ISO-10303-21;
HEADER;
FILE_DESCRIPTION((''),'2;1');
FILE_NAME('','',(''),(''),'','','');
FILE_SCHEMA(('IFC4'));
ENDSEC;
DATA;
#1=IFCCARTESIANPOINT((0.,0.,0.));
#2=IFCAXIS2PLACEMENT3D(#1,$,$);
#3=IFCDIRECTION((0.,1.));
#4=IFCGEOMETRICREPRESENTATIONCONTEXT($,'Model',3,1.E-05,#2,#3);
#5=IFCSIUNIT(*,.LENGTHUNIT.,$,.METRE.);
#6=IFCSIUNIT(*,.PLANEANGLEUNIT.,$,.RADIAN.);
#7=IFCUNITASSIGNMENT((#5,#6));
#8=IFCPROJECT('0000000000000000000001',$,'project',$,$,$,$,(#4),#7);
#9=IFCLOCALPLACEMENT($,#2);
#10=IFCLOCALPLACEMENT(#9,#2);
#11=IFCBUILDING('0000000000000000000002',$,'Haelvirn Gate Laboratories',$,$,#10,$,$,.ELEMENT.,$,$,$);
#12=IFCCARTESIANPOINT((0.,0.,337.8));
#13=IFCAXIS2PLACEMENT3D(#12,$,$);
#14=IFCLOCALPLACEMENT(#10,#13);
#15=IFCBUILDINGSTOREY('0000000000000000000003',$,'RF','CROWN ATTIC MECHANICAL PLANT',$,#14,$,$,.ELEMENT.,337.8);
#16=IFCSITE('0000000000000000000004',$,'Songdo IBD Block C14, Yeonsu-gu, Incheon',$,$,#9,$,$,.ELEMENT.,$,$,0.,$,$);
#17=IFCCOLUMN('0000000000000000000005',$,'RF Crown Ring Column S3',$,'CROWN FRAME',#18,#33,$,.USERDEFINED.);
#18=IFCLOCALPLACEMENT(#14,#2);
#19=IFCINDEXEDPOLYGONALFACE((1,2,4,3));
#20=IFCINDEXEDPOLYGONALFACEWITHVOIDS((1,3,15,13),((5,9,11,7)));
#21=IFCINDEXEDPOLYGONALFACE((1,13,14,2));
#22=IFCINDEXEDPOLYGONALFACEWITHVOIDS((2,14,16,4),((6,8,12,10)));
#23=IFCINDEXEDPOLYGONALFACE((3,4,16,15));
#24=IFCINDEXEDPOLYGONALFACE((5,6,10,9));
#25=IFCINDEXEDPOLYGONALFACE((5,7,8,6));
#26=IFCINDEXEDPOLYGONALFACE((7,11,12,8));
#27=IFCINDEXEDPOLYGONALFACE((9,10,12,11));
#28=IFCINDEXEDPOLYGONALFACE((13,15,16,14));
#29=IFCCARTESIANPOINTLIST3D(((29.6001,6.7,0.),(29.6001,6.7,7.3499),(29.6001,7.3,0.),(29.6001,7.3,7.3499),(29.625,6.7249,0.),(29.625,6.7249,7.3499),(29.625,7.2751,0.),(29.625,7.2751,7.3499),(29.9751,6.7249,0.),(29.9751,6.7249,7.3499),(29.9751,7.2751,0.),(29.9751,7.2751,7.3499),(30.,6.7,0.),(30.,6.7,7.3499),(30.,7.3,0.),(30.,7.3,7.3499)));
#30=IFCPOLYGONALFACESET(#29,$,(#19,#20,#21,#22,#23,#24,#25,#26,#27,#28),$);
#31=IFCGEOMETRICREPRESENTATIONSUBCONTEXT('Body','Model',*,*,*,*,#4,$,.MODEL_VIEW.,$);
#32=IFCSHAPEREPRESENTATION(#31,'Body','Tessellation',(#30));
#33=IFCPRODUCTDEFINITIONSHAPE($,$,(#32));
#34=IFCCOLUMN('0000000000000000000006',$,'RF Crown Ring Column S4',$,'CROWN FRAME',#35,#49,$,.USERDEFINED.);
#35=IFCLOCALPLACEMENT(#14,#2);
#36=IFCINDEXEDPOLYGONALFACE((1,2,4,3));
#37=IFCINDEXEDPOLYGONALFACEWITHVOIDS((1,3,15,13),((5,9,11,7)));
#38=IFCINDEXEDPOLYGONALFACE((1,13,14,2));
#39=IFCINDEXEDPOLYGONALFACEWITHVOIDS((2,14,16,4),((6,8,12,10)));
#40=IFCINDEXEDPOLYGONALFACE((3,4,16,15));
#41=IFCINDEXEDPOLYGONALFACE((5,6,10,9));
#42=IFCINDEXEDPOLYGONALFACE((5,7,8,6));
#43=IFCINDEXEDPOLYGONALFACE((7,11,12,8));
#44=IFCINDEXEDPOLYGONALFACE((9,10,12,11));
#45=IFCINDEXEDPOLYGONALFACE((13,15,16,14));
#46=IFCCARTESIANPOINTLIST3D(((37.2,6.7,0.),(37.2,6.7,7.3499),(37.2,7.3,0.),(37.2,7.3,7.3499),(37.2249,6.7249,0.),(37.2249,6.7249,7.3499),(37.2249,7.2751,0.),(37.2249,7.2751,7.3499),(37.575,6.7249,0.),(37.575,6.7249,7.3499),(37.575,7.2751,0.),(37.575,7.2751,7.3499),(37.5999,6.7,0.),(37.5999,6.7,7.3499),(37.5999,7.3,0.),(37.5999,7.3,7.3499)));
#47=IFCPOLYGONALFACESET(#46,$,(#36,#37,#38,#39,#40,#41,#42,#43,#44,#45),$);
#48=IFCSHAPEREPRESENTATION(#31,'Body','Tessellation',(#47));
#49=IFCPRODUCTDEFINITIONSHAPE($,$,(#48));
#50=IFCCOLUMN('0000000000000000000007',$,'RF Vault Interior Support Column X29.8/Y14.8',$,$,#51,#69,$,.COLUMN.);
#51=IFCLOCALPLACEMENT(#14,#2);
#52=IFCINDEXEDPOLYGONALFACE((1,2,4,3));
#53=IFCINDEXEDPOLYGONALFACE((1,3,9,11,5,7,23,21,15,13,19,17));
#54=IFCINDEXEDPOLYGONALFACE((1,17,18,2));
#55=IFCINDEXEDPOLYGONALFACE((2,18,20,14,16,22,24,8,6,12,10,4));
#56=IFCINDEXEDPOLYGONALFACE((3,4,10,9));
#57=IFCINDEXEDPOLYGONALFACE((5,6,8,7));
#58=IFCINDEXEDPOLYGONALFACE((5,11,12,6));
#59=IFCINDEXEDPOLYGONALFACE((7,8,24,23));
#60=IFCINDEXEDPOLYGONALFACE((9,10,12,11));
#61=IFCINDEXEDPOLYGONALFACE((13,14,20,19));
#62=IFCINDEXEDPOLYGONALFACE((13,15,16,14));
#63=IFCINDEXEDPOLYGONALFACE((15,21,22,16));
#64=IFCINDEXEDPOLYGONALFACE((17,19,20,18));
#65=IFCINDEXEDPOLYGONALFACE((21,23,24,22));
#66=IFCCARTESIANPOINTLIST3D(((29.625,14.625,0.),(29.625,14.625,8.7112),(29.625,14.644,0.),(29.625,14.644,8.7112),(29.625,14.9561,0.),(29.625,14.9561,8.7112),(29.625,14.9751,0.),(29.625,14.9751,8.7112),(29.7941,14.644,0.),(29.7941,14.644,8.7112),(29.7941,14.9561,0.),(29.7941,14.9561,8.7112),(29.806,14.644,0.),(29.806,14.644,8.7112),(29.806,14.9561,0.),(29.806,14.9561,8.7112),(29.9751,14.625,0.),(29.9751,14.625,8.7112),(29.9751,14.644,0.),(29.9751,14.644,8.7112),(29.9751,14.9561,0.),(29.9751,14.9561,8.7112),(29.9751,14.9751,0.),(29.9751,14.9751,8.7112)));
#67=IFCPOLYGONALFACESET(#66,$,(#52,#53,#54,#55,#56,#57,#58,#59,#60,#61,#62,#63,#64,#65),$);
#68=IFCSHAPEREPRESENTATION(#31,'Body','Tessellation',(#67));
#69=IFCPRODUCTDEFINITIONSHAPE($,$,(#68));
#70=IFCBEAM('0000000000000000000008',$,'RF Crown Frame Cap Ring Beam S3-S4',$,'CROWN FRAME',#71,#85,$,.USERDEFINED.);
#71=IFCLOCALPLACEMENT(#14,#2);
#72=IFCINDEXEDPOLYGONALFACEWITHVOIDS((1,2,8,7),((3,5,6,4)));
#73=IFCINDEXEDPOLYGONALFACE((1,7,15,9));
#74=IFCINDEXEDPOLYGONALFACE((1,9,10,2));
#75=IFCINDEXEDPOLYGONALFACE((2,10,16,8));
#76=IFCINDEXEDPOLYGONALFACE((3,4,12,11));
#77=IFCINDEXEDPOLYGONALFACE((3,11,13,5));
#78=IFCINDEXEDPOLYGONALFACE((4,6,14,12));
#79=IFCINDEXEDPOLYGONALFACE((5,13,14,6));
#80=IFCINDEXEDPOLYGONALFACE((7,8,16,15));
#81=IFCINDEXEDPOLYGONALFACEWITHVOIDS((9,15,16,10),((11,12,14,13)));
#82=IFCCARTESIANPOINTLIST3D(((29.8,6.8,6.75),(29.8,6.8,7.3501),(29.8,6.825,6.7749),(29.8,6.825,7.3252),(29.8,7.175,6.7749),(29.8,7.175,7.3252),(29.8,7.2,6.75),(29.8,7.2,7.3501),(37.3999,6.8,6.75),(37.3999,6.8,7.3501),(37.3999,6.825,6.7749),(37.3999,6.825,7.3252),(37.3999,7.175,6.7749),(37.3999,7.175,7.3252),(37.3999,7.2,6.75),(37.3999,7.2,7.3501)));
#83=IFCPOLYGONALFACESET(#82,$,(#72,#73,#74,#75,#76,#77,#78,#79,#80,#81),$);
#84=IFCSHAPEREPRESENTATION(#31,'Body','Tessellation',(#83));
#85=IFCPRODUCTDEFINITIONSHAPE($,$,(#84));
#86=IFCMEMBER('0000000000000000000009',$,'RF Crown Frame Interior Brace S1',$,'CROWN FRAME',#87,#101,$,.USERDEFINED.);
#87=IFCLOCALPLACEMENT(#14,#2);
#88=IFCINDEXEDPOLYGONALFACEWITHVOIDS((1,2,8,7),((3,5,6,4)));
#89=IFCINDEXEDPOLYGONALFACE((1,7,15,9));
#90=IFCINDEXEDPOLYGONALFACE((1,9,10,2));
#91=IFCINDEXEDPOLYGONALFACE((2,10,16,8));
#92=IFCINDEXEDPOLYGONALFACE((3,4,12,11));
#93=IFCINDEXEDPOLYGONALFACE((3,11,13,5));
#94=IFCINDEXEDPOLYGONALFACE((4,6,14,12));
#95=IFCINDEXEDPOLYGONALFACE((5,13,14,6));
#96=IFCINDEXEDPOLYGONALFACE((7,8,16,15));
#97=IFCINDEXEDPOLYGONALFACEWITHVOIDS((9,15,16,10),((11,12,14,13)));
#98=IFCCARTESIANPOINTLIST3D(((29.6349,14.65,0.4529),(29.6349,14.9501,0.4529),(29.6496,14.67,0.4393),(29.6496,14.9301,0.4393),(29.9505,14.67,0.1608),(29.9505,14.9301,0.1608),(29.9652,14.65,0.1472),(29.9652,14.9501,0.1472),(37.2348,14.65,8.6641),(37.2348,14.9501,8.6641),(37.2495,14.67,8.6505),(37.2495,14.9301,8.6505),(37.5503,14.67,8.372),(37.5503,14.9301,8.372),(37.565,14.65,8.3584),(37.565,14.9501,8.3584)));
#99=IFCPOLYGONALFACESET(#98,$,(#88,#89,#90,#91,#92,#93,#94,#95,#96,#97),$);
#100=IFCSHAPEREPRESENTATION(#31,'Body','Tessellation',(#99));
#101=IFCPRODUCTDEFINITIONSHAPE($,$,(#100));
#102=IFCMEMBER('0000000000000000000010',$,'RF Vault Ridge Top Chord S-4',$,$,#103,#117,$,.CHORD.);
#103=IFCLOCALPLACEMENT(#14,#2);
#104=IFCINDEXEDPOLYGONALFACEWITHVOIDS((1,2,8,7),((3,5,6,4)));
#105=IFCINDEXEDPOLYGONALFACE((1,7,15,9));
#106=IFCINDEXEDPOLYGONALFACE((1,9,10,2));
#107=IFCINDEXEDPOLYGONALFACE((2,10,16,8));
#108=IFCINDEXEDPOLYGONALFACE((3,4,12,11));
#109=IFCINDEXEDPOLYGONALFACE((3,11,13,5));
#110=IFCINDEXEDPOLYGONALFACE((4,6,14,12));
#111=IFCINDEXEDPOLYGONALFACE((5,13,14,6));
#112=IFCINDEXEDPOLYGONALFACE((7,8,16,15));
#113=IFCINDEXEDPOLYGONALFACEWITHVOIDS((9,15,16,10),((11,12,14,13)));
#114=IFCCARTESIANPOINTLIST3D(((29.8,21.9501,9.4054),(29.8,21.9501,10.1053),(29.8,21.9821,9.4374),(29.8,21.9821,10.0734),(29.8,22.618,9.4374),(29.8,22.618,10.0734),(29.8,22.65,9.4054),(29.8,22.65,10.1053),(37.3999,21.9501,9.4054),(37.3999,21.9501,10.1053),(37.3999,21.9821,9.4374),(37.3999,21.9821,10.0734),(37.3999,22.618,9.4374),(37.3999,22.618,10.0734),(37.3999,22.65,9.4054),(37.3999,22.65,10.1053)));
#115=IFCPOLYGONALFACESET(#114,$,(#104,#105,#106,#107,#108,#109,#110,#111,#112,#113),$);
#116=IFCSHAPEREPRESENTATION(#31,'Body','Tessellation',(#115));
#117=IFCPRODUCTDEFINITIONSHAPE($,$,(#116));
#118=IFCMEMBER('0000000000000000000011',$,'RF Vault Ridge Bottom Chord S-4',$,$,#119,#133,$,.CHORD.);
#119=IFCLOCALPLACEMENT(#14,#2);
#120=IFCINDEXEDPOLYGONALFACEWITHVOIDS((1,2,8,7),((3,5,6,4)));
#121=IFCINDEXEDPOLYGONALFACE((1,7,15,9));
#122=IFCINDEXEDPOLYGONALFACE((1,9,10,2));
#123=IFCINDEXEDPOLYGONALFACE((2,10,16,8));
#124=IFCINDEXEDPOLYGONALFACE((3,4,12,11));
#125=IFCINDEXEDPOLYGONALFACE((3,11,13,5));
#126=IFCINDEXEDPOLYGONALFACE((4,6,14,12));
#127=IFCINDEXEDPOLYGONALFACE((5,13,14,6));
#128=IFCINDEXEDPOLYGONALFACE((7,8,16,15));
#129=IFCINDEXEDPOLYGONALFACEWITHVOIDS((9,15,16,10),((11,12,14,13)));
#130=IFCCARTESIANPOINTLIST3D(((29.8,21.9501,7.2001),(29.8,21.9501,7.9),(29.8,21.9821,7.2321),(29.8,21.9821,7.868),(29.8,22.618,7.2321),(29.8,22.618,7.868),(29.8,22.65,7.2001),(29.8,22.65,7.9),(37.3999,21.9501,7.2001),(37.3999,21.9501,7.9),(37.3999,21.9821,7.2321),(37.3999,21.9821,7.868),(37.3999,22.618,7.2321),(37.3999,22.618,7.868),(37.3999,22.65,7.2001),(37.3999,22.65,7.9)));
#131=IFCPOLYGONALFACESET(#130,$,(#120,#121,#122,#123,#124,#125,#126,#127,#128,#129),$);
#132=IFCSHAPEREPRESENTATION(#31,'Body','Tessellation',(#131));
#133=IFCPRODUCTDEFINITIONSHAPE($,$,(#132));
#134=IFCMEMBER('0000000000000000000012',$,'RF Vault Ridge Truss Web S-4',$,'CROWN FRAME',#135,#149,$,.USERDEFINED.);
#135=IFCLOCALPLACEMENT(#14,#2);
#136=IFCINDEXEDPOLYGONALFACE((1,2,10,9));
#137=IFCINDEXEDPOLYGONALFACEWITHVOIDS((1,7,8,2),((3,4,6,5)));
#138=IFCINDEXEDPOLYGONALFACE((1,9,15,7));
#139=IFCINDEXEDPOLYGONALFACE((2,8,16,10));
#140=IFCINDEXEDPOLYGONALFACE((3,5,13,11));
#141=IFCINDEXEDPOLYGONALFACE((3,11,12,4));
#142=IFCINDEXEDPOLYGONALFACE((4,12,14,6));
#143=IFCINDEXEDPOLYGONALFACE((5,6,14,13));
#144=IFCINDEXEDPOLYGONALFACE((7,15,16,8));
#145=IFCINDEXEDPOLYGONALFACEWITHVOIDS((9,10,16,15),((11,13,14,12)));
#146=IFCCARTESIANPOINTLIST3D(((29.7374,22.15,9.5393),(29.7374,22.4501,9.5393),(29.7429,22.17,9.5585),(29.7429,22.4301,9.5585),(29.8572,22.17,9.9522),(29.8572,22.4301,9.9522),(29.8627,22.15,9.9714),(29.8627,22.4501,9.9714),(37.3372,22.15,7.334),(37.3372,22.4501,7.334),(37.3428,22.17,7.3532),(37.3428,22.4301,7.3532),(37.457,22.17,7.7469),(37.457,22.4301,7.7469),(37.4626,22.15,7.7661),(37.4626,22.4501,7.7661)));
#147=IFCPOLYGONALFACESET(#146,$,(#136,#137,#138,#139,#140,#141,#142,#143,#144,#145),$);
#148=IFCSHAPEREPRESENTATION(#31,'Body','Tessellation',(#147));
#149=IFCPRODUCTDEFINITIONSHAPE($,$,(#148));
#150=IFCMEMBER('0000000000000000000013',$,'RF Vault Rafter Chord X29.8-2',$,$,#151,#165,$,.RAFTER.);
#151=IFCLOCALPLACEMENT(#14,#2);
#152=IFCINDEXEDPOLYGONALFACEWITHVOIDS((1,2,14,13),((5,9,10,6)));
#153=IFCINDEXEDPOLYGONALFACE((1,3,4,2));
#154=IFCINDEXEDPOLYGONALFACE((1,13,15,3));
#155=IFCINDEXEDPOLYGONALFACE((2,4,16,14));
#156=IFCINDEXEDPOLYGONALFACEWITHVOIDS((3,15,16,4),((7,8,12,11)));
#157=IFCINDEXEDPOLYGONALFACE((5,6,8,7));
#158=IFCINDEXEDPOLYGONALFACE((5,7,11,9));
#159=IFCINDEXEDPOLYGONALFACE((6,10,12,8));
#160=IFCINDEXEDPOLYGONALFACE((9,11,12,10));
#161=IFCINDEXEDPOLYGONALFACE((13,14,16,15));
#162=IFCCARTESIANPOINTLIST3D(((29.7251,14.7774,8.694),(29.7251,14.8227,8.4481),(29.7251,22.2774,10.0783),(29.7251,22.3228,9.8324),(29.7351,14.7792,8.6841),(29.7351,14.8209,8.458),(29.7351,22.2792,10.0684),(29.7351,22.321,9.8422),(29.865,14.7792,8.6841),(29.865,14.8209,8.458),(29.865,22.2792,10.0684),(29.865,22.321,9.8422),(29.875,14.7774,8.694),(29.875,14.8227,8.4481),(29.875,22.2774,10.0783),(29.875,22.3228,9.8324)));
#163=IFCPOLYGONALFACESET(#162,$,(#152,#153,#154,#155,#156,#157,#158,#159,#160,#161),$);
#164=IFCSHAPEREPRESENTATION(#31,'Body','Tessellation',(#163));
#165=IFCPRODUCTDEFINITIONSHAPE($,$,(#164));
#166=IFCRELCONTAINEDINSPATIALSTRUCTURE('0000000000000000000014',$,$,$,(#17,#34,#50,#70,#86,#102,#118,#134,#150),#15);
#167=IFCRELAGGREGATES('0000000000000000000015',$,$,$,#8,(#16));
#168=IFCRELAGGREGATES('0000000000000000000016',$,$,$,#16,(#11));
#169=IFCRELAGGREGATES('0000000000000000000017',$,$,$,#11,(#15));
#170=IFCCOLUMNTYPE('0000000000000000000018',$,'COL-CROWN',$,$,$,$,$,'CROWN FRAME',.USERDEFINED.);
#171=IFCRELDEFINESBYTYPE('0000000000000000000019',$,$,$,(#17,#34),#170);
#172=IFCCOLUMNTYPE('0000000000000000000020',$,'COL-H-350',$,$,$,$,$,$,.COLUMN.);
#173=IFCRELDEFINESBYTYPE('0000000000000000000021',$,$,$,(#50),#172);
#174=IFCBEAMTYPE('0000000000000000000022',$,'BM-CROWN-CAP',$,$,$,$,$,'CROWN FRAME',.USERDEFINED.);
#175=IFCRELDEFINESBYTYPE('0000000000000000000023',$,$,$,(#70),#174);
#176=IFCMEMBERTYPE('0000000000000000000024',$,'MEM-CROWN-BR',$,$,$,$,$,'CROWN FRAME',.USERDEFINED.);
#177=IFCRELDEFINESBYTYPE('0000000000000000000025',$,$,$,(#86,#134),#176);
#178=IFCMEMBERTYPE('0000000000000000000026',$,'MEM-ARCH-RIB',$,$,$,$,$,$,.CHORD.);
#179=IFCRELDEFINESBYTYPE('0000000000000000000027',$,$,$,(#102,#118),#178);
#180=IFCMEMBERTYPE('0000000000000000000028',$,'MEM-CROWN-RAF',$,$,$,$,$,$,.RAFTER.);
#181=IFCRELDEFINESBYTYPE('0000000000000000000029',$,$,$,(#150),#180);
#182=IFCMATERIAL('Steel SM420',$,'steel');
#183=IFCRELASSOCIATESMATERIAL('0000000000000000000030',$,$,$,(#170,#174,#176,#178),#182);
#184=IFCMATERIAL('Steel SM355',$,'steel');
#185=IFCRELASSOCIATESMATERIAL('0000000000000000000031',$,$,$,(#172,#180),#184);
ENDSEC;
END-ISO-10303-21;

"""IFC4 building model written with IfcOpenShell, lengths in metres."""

from ifc_helpers import new_model, si_unit, direction, frame, origin, origin_2d, place, context, subcontext, project, spatial, hollow_rectangle, i_section, extrude, source, transform, mapped, material, material_profile, profile_set, type_object, type_shapes, element, save


model = new_model("IFC4")

# Units and contexts
model_context = context("Model", 3, precision=1e-05, world=origin(), true_north=direction((0.0, 1.0)))
body_context = subcontext(model_context, "Body", "Model", "MODEL_VIEW")
ifc_project = project(units=[si_unit("LENGTHUNIT", "METRE"), si_unit("PLANEANGLEUNIT", "RADIAN")], contexts=[model_context])

# Site, building, storey
site_placement = place(None, origin())
site = spatial("IfcSite", under=ifc_project, at=site_placement, Name="Songdo IBD Block C14, Yeonsu-gu, Incheon", CompositionType="ELEMENT", RefElevation=0.0)
building_placement = place(site_placement, origin())
building = spatial("IfcBuilding", under=site, at=building_placement, Name="Haelvirn Gate Laboratories", CompositionType="ELEMENT")
storey_placement = place(building_placement, frame((0.0, 0.0, 337.8)))
storey = spatial("IfcBuildingStorey", under=building, at=storey_placement, Name="RF", Description="CROWN ATTIC MECHANICAL PLANT", CompositionType="ELEMENT", Elevation=337.8)

# Columns
ifc_material_1 = material(Name="Steel SM420", Category="steel")
ifc_material_profile_1 = material_profile(ifc_material_1, hollow_rectangle(XDim=0.3999, YDim=0.6001, WallThickness=0.0249, at=origin_2d()), Name="BOX-600x400x25")
ifc_profile_set_1 = profile_set([ifc_material_profile_1], Name="Steel SM420")
column_type_1 = type_object("IfcColumnType", Name="COL-CROWN", ElementType="CROWN FRAME", PredefinedType="USERDEFINED", material=ifc_profile_set_1)
shared_shape_1 = source(origin(), body_context, "Body", "SweptSolid", [
    extrude(hollow_rectangle(XDim=0.3999, YDim=0.6001, WallThickness=0.0249, at=origin_2d()), origin(), (0.0, 0.0, 1.0), 7.3499),
])
type_shapes(column_type_1, [shared_shape_1])
for number, where, z_axis, x_axis, name in (
    (1, (29.8, 7.0, 0.0), (0.0, 0.0, 1.0), (1.0, 0.0, 0.0), "RF Crown Ring Column S3"),
    (2, (37.3999, 7.0, 0.0), (0.0, 0.0, 1.0), (1.0, 0.0, 0.0), "RF Crown Ring Column S4"),
):
    element("IfcColumn", number, at=place(storey_placement, frame(where, z_axis=z_axis, x_axis=x_axis)), inside=storey, type_object=column_type_1, Name=name, ObjectType="CROWN FRAME", PredefinedType="USERDEFINED", context=body_context, shape_type="MappedRepresentation", body=[
        mapped(shared_shape_1, transform((0.0, 0.0, 0.0), scale=1.0)),
    ])
ifc_material_2 = material(Name="Steel SM355", Category="steel")
ifc_material_profile_2 = material_profile(ifc_material_2, i_section(OverallWidth=0.3501, OverallDepth=0.3501, WebThickness=0.012, FlangeThickness=0.019, at=origin_2d()), Name="H-350x350x12x19")
ifc_profile_set_2 = profile_set([ifc_material_profile_2], Name="Steel SM355")
column_type_2 = type_object("IfcColumnType", Name="COL-H-350", PredefinedType="COLUMN", material=ifc_profile_set_2)
shared_shape_2 = source(origin(), body_context, "Body", "SweptSolid", [
    extrude(i_section(OverallWidth=0.3501, OverallDepth=0.3501, WebThickness=0.012, FlangeThickness=0.019, at=origin_2d()), origin(), (0.0, 0.0, 1.0), 8.7112),
])
type_shapes(column_type_2, [shared_shape_2])
column_placement = place(storey_placement, frame((29.8, 14.8, 0.0), z_axis=(0.0, 0.0, 1.0), x_axis=(1.0, 0.0, 0.0)))
element("IfcColumn", 3, at=column_placement, inside=storey, type_object=column_type_2, Name="RF Vault Interior Support Column X29.8/Y14.8", PredefinedType="COLUMN", context=body_context, shape_type="MappedRepresentation", body=[
    mapped(shared_shape_2, transform((0.0, 0.0, 0.0), scale=1.0)),
])

# Beam
ifc_material_profile_3 = material_profile(ifc_material_1, hollow_rectangle(XDim=0.3999, YDim=0.6001, WallThickness=0.0249, at=origin_2d()), Name="BOX-600x400x25")
ifc_profile_set_3 = profile_set([ifc_material_profile_3], Name="Steel SM420")
beam_type = type_object("IfcBeamType", Name="BM-CROWN-CAP", ElementType="CROWN FRAME", PredefinedType="USERDEFINED", material=ifc_profile_set_3)
shared_shape_3 = source(origin(), body_context, "Body", "SweptSolid", [
    extrude(hollow_rectangle(XDim=0.3999, YDim=0.6001, WallThickness=0.0249, at=origin_2d()), origin(), (0.0, 0.0, 1.0), 7.5999),
])
type_shapes(beam_type, [shared_shape_3])
beam_placement = place(storey_placement, frame((29.8, 7.0, 7.05), z_axis=(1.0, 0.0, 0.0), x_axis=(0.0, 1.0, 0.0)))
element("IfcBeam", 4, at=beam_placement, inside=storey, type_object=beam_type, Name="RF Crown Frame Cap Ring Beam S3-S4", ObjectType="CROWN FRAME", PredefinedType="USERDEFINED", context=body_context, shape_type="MappedRepresentation", body=[
    mapped(shared_shape_3, transform((0.0, 0.0, 0.0), scale=1.0)),
])

# Members
ifc_material_profile_4 = material_profile(ifc_material_1, hollow_rectangle(XDim=0.3, YDim=0.45, WallThickness=0.02, at=origin_2d()), Name="BOX-450x300x20")
ifc_profile_set_4 = profile_set([ifc_material_profile_4], Name="Steel SM420")
member_type_1 = type_object("IfcMemberType", Name="MEM-CROWN-BR", ElementType="CROWN FRAME", PredefinedType="USERDEFINED", material=ifc_profile_set_4)
shared_shape_4 = source(origin(), body_context, "Body", "SweptSolid", [
    extrude(hollow_rectangle(XDim=0.3, YDim=0.45, WallThickness=0.02, at=origin_2d()), origin(), (0.0, 0.0, 1.0), 11.1885),
])
member_1_placement = place(storey_placement, frame((29.8, 14.8, 0.3), z_axis=(0.679259, 0.0, 0.733898), x_axis=(0.0, 1.0, 0.0)))
element("IfcMember", 5, at=member_1_placement, inside=storey, type_object=member_type_1, Name="RF Crown Frame Interior Brace S1", ObjectType="CROWN FRAME", PredefinedType="USERDEFINED", context=body_context, shape_type="MappedRepresentation", body=[
    mapped(shared_shape_4, transform((0.0, 0.0, 0.0), scale=1.0)),
])
ifc_material_profile_5 = material_profile(ifc_material_1, hollow_rectangle(XDim=0.7, YDim=0.7, WallThickness=0.032, at=origin_2d()), Name="BOX-700x700x32")
ifc_profile_set_5 = profile_set([ifc_material_profile_5], Name="Steel SM420")
member_type_2 = type_object("IfcMemberType", Name="MEM-ARCH-RIB", PredefinedType="CHORD", material=ifc_profile_set_5)
shared_shape_5 = source(origin(), body_context, "Body", "SweptSolid", [
    extrude(hollow_rectangle(XDim=0.7, YDim=0.7, WallThickness=0.032, at=origin_2d()), origin(), (0.0, 0.0, 1.0), 7.5999),
])
type_shapes(member_type_2, [shared_shape_5])
for number, where, z_axis, x_axis, name in (
    (6, (29.8, 22.3, 9.7554), (1.0, 0.0, 0.0), (0.0, 1.0, 0.0), "RF Vault Ridge Top Chord S-4"),
    (7, (29.8, 22.3, 7.55), (1.0, 0.0, 0.0), (0.0, 1.0, 0.0), "RF Vault Ridge Bottom Chord S-4"),
):
    element("IfcMember", number, at=place(storey_placement, frame(where, z_axis=z_axis, x_axis=x_axis)), inside=storey, type_object=member_type_2, Name=name, PredefinedType="CHORD", context=body_context, shape_type="MappedRepresentation", body=[
        mapped(shared_shape_5, transform((0.0, 0.0, 0.0), scale=1.0)),
    ])
shared_shape_6 = source(origin(), body_context, "Body", "SweptSolid", [
    extrude(hollow_rectangle(XDim=0.3, YDim=0.45, WallThickness=0.02, at=origin_2d()), origin(), (0.0, 0.0, 1.0), 7.9133),
])
type_shapes(member_type_1, [shared_shape_4, shared_shape_6])
member_2_placement = place(storey_placement, frame((29.8, 22.3, 9.7554), z_axis=(0.960383, 0.0, -0.278684), x_axis=(0.0, 1.0, 0.0)))
element("IfcMember", 8, at=member_2_placement, inside=storey, type_object=member_type_1, Name="RF Vault Ridge Truss Web S-4", ObjectType="CROWN FRAME", PredefinedType="USERDEFINED", context=body_context, shape_type="MappedRepresentation", body=[
    mapped(shared_shape_6, transform((0.0, 0.0, 0.0), scale=1.0)),
])
ifc_material_profile_6 = material_profile(ifc_material_2, hollow_rectangle(XDim=0.1499, YDim=0.25, WallThickness=0.01, at=origin_2d()), Name="RHS-250x150x10")
ifc_profile_set_6 = profile_set([ifc_material_profile_6], Name="Steel SM355")
member_type_3 = type_object("IfcMemberType", Name="MEM-CROWN-RAF", PredefinedType="RAFTER", material=ifc_profile_set_6)
shared_shape_7 = source(origin(), body_context, "Body", "SweptSolid", [
    extrude(hollow_rectangle(XDim=0.1499, YDim=0.25, WallThickness=0.01, at=origin_2d()), origin(), (0.0, 0.0, 1.0), 7.6267),
])
member_3_placement = place(storey_placement, frame((29.8, 14.8, 8.571), z_axis=(0.0, 0.98339, 0.181505), x_axis=(-1.0, 0.0, 0.0)))
element("IfcMember", 9, at=member_3_placement, inside=storey, type_object=member_type_3, Name="RF Vault Rafter Chord X29.8-2", PredefinedType="RAFTER", context=body_context, shape_type="MappedRepresentation", body=[
    mapped(shared_shape_7, transform((0.0, 0.0, 0.0), scale=1.0)),
])

save(model, "model.ifc")
